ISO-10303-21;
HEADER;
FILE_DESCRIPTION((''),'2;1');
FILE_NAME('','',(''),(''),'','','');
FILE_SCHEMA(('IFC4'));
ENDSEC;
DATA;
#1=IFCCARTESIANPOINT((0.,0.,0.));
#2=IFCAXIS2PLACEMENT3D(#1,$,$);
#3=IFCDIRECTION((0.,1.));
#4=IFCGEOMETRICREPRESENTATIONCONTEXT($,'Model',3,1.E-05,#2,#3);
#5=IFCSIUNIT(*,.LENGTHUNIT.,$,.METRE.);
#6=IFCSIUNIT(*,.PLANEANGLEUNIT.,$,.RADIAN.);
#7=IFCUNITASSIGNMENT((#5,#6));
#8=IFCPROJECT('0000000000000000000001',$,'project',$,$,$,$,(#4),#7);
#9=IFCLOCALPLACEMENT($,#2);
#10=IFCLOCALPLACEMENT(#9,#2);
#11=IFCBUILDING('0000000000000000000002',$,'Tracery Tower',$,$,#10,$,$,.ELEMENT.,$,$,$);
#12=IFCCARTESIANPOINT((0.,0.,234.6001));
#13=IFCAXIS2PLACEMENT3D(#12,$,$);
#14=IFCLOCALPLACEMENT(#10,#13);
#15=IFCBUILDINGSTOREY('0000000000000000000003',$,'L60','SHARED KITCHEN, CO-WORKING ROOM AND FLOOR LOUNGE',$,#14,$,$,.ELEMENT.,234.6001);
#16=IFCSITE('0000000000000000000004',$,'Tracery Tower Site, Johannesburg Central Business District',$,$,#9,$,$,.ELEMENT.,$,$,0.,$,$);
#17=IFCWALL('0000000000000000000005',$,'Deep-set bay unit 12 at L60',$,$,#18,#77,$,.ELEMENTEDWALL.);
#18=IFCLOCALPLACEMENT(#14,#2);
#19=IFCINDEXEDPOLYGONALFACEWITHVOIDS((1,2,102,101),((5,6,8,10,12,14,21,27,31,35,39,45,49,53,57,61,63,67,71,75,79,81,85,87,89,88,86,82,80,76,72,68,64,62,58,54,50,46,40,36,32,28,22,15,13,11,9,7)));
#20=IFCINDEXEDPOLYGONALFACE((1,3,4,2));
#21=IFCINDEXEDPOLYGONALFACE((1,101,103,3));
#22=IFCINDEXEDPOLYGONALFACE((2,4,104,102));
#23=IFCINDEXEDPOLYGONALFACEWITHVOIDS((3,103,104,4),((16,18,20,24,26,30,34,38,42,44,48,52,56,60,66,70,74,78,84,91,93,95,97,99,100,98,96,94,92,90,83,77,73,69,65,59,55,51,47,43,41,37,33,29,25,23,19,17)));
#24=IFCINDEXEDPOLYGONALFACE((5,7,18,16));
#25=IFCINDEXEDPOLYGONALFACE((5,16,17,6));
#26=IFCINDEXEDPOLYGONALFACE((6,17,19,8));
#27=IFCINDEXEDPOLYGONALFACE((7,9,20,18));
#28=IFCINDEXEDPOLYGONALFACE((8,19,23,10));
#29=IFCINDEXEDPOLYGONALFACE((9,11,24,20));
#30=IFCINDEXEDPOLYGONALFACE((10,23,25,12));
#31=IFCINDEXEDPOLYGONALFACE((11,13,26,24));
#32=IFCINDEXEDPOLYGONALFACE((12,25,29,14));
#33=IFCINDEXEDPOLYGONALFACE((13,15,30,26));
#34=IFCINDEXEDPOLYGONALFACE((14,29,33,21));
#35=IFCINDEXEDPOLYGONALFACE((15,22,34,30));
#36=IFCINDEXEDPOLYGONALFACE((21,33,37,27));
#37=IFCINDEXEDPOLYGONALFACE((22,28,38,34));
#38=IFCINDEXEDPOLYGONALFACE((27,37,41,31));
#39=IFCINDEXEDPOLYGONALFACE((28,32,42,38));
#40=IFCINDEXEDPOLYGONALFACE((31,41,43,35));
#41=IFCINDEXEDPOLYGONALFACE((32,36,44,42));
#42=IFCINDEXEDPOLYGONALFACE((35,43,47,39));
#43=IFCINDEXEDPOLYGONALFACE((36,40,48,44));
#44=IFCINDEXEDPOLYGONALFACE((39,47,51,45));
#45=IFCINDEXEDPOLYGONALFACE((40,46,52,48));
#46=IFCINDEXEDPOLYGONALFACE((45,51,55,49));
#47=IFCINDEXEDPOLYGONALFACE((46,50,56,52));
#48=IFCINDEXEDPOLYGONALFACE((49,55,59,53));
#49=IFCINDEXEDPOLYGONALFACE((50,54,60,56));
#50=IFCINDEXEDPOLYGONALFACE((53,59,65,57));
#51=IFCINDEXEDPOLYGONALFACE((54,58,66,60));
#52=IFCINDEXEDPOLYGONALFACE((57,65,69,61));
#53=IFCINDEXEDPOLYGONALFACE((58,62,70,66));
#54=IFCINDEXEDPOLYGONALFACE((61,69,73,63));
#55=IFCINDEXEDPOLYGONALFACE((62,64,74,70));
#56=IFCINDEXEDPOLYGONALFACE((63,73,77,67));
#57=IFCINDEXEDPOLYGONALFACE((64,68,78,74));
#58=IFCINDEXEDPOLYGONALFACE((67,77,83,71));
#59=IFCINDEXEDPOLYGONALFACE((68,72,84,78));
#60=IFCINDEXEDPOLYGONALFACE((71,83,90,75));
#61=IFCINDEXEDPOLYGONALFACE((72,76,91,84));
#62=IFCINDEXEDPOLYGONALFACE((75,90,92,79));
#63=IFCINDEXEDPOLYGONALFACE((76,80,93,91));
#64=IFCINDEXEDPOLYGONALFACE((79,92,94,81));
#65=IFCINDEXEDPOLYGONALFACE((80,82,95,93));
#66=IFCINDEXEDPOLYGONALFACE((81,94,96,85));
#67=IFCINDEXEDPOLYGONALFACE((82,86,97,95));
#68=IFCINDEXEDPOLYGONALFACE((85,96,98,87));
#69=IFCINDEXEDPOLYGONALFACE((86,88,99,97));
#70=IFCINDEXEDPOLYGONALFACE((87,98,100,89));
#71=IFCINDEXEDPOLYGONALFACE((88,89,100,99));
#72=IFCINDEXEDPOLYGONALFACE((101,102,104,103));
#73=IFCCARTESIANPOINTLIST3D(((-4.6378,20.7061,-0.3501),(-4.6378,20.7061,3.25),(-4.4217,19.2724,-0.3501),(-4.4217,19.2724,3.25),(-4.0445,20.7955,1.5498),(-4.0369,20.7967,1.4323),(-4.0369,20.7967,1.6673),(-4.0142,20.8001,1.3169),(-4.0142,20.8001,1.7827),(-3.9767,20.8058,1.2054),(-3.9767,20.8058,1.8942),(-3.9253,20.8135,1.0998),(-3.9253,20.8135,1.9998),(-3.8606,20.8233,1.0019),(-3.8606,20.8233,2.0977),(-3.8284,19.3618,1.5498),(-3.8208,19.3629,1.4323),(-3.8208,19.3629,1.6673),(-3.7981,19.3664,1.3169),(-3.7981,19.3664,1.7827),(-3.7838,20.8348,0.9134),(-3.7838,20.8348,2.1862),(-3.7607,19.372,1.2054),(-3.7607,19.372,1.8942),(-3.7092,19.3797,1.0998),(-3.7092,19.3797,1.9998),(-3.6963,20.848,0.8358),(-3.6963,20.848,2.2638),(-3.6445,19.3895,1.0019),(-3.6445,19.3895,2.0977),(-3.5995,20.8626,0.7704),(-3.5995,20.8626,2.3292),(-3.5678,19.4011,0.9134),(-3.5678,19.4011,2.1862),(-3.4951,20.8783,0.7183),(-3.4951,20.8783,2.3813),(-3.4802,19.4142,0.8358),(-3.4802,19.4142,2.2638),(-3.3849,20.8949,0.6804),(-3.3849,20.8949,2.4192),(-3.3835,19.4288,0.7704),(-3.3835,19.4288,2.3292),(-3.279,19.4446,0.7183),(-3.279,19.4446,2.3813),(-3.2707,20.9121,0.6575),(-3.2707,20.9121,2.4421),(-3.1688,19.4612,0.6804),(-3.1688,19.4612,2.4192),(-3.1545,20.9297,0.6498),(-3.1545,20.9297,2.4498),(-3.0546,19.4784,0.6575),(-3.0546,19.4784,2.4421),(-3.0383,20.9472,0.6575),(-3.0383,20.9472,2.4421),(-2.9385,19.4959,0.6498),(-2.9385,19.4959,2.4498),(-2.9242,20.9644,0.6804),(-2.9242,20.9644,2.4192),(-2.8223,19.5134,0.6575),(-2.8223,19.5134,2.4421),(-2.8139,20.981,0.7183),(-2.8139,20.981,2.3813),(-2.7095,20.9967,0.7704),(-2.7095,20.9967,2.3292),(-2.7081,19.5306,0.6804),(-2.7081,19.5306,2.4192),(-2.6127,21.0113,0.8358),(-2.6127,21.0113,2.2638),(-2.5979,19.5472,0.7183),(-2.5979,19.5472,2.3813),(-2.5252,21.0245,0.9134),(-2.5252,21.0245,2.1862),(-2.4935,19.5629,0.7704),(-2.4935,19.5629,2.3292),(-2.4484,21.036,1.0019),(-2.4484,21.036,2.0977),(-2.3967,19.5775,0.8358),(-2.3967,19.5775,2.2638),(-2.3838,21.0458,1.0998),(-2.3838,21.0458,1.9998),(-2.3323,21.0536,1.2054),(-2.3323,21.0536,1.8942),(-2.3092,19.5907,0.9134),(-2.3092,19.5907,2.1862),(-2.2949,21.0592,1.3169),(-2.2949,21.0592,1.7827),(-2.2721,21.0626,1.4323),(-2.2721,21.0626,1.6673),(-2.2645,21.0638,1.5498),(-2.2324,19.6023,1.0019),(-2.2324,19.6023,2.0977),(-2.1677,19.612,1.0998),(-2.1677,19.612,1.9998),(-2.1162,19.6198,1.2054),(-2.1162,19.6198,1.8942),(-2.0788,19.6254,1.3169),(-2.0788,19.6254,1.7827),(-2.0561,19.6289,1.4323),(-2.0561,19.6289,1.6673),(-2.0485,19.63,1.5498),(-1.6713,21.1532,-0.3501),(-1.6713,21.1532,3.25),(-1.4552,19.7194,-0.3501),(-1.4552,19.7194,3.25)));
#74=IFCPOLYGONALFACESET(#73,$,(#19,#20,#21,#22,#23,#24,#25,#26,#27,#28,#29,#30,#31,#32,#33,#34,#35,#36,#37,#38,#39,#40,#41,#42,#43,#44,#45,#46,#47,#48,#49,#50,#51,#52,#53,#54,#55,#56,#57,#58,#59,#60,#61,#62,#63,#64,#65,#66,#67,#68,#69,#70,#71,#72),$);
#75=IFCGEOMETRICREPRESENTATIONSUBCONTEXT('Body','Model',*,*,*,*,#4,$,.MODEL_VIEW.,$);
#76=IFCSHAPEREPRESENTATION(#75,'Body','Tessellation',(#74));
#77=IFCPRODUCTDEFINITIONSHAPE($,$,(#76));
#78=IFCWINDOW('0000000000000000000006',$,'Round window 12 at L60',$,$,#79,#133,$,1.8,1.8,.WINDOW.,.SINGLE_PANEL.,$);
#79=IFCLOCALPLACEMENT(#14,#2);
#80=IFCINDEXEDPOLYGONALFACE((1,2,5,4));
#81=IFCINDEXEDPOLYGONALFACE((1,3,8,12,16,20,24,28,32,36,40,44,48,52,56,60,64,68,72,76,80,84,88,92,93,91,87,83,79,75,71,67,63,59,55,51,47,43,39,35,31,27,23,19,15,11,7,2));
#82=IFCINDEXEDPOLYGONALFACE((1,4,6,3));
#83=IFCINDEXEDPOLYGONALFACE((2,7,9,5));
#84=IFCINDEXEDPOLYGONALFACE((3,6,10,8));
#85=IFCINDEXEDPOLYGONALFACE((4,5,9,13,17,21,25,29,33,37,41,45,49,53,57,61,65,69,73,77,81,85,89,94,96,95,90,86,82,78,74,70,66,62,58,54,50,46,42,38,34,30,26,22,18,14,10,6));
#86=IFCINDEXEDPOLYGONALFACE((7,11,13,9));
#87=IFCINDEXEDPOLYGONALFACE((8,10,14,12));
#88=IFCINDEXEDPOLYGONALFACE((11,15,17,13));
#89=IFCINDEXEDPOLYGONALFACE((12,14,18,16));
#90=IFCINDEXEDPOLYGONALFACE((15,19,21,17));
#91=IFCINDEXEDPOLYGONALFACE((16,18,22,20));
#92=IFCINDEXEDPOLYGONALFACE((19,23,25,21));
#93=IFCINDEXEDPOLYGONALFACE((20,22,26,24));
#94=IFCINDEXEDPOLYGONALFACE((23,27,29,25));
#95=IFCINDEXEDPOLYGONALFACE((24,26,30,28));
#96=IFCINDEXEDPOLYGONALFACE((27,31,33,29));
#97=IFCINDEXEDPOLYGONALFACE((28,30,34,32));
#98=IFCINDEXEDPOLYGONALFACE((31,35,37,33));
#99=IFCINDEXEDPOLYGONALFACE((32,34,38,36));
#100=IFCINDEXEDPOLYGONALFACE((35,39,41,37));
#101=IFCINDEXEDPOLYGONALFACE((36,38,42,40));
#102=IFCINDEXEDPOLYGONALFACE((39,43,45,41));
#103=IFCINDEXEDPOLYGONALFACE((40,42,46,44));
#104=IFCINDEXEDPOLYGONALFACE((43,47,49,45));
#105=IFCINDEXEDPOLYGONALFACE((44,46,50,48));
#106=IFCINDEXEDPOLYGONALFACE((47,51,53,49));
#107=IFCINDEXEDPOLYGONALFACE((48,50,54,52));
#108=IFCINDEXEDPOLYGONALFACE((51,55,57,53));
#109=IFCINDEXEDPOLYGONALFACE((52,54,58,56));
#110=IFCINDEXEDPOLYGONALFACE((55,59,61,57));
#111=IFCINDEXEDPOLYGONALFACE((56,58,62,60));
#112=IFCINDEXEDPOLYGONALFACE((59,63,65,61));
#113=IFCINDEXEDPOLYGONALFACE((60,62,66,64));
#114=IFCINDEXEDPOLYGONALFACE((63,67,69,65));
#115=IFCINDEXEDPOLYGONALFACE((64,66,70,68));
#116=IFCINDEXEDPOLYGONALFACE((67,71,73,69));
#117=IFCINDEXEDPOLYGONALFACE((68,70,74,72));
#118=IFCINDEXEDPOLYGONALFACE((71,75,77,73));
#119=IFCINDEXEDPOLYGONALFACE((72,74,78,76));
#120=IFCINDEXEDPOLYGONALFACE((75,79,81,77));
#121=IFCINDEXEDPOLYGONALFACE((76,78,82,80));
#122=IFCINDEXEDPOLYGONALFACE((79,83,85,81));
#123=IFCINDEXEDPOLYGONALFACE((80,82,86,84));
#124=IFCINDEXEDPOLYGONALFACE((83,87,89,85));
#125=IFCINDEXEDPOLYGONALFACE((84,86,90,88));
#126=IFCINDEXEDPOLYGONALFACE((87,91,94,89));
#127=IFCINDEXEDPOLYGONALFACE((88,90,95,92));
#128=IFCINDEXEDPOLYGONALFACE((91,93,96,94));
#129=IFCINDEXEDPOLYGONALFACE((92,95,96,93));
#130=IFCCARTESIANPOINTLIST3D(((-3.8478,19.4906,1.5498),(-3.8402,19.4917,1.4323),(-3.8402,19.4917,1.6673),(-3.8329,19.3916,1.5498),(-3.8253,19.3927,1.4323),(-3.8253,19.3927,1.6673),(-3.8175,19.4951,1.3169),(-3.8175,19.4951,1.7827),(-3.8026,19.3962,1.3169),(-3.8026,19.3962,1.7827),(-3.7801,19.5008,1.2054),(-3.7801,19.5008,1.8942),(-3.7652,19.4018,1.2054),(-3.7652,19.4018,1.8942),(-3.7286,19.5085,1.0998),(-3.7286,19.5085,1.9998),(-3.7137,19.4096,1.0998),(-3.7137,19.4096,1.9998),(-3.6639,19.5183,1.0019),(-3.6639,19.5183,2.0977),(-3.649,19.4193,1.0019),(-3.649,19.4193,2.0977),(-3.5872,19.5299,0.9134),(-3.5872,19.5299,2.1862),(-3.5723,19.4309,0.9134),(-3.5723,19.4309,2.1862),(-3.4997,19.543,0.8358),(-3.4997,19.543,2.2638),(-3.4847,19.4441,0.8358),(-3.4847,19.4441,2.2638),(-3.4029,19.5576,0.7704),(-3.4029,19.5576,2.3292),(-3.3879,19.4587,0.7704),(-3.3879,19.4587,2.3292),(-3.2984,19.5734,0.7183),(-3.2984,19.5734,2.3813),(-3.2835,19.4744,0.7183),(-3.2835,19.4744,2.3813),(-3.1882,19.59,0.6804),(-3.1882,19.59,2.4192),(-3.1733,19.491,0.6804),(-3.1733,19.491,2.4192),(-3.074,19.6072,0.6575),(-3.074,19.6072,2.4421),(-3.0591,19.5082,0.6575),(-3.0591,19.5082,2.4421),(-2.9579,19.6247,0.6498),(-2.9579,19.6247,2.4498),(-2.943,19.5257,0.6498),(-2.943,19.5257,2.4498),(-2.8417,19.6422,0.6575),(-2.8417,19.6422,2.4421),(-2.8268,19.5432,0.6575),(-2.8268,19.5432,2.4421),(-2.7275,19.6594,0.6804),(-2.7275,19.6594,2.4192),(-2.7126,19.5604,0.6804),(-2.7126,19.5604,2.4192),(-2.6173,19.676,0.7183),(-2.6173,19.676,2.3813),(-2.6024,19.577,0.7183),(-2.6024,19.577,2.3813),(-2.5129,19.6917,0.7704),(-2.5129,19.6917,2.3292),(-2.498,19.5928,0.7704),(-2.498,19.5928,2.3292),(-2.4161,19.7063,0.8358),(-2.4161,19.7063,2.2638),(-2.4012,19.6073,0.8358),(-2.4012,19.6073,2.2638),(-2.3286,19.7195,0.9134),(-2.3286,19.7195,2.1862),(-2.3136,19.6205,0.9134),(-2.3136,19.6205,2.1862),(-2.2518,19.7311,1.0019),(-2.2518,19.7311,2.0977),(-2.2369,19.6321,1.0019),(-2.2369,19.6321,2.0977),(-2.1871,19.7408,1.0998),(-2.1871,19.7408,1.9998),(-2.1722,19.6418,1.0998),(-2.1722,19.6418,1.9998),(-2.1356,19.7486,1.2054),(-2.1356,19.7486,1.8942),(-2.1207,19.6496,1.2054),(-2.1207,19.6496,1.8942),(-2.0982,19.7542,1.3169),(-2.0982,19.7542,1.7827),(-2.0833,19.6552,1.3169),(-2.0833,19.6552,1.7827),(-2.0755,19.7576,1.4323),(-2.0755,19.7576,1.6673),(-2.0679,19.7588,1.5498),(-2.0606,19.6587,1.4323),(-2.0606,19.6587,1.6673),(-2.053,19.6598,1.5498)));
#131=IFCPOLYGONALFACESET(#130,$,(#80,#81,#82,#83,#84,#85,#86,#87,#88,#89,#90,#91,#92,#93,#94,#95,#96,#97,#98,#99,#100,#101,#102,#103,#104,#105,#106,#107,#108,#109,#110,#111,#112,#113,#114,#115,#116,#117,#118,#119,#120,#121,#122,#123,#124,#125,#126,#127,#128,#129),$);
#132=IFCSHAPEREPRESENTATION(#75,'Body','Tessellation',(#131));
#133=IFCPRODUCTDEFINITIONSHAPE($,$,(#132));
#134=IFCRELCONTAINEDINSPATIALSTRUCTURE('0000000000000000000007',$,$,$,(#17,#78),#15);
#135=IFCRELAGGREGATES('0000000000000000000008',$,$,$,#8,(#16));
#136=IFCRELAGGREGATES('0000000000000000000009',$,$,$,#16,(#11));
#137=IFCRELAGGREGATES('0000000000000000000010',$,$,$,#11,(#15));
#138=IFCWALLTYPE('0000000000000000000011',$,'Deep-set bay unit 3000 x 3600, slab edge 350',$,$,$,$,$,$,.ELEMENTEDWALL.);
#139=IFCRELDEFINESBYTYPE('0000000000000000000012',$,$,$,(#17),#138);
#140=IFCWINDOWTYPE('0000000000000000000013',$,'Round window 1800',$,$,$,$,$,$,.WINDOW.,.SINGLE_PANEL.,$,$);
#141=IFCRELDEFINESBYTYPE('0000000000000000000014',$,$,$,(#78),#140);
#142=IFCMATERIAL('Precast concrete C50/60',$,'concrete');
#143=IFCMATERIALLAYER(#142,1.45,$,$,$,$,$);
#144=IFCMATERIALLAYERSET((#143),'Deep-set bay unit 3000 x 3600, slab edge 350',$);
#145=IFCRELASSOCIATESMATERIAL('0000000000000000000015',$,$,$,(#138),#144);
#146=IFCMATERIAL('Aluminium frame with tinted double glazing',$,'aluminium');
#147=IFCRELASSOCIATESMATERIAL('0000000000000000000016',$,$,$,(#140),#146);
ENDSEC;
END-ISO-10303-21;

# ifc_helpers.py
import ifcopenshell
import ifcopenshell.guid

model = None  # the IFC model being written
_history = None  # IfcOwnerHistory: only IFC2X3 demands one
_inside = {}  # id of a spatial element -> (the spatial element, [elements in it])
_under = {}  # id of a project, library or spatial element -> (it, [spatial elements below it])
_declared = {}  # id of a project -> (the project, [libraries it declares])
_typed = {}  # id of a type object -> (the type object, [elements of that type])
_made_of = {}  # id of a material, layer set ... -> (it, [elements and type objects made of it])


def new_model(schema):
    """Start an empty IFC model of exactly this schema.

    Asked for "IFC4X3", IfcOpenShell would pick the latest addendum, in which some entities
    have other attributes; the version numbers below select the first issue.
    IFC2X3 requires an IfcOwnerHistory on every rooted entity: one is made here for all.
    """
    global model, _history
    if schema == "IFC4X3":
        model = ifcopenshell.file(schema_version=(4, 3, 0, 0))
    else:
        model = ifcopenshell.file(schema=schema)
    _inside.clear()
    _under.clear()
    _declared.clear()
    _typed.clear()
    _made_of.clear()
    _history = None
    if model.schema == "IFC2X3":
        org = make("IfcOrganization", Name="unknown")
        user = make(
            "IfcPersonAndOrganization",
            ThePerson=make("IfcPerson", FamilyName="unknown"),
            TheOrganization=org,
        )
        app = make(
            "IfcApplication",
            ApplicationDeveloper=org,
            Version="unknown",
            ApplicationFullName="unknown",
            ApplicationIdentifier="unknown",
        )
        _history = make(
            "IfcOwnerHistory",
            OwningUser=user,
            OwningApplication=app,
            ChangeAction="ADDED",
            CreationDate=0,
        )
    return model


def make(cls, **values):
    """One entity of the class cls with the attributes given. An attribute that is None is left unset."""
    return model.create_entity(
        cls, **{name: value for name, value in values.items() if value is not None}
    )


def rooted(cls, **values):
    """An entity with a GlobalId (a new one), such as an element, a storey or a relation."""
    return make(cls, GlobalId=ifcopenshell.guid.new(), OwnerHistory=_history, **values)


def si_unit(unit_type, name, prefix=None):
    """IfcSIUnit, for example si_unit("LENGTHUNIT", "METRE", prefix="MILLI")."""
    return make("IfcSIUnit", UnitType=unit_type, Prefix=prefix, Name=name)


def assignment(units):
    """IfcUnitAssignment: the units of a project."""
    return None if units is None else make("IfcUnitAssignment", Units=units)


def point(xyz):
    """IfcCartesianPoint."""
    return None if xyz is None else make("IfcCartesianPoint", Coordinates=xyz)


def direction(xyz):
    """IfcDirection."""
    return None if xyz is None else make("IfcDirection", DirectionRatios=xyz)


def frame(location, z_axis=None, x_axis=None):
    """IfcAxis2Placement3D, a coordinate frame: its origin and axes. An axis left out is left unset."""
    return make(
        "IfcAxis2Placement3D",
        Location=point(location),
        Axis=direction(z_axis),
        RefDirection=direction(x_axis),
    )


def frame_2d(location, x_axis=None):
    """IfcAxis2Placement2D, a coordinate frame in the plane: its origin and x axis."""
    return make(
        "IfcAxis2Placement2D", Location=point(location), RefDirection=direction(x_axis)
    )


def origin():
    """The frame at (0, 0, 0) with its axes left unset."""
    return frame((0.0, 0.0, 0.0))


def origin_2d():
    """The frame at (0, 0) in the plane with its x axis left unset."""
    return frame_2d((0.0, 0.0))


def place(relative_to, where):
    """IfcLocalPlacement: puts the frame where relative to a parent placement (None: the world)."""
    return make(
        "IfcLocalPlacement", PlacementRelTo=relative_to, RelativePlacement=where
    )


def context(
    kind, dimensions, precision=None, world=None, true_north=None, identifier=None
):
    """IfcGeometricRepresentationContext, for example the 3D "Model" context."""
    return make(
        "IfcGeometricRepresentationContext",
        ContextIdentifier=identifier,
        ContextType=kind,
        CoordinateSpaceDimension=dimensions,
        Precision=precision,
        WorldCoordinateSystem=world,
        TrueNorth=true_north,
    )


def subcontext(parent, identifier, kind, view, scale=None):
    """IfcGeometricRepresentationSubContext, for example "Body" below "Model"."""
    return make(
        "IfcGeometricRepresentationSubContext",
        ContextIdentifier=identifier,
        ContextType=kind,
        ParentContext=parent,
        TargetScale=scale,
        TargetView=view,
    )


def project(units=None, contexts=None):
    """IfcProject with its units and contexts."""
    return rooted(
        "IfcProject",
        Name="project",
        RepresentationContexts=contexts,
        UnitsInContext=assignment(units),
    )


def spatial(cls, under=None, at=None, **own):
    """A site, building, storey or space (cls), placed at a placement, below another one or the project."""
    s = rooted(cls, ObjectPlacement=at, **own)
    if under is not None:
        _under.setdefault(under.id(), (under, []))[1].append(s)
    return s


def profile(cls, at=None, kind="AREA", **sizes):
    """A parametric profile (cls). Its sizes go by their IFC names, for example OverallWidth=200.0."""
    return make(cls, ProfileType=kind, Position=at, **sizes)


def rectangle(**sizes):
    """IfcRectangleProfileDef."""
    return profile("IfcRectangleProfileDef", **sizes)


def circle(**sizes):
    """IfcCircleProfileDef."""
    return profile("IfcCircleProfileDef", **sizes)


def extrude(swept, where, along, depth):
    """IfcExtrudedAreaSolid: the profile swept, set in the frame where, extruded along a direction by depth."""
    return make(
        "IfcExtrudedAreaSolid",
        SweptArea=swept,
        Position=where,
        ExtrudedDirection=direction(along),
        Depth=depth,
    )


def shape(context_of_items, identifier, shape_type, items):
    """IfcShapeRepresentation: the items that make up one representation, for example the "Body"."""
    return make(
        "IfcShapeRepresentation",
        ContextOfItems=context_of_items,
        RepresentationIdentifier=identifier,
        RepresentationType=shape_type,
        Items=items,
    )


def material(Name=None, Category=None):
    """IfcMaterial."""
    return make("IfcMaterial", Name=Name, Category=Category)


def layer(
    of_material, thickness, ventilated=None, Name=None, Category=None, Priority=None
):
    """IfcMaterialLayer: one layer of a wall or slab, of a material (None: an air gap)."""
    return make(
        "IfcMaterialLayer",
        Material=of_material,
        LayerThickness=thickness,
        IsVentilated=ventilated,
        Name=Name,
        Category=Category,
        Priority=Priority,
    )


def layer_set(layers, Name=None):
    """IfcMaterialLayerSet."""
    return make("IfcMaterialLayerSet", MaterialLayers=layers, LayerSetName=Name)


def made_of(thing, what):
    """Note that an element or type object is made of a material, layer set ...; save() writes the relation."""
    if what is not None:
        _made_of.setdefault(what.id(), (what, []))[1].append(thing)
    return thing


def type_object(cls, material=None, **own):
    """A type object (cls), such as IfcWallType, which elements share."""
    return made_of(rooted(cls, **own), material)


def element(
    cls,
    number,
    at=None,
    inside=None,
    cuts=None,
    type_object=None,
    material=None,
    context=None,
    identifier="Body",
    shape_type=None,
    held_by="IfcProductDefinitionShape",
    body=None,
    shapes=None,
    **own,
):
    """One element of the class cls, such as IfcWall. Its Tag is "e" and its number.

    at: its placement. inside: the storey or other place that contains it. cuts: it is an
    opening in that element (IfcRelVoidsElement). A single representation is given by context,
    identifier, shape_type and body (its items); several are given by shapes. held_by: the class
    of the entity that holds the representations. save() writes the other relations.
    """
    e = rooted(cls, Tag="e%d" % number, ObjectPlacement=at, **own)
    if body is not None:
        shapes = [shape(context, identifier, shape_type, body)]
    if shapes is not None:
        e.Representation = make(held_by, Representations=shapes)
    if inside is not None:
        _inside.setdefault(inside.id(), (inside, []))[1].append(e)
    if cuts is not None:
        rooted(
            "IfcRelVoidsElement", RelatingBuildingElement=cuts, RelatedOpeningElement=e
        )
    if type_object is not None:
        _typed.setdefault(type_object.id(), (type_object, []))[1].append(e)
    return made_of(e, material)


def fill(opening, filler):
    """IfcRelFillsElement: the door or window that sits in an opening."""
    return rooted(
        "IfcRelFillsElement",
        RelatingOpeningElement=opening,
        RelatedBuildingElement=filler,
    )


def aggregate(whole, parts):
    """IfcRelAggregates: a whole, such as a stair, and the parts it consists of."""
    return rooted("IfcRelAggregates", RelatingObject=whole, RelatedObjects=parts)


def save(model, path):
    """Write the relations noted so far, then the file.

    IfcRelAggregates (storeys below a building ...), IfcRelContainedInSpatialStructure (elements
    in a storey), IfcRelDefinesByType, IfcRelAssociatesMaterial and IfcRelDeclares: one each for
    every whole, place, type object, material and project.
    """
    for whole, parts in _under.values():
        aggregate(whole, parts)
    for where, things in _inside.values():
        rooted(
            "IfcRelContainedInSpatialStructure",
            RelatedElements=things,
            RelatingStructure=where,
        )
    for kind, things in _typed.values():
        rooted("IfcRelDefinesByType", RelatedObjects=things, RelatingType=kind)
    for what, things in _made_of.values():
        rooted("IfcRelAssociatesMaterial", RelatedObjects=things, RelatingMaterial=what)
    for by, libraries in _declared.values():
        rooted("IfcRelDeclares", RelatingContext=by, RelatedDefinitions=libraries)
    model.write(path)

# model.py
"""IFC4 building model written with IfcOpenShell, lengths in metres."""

from ifc_helpers import new_model, si_unit, direction, frame, frame_2d, origin, origin_2d, place, context, subcontext, project, spatial, rectangle, circle, extrude, material, layer, layer_set, type_object, element, fill, save


model = new_model("IFC4")

# Units and contexts
model_context = context("Model", 3, precision=1e-05, world=origin(), true_north=direction((0.0, 1.0)))
body_context = subcontext(model_context, "Body", "Model", "MODEL_VIEW")
ifc_project = project(units=[si_unit("LENGTHUNIT", "METRE"), si_unit("PLANEANGLEUNIT", "RADIAN")], contexts=[model_context])

# Site, building, storey
site_placement = place(None, origin())
site = spatial("IfcSite", under=ifc_project, at=site_placement, Name="Tracery Tower Site, Johannesburg Central Business District", CompositionType="ELEMENT", RefElevation=0.0)
building_placement = place(site_placement, origin())
building = spatial("IfcBuilding", under=site, at=building_placement, Name="Tracery Tower", CompositionType="ELEMENT")
storey_placement = place(building_placement, frame((0.0, 0.0, 234.6001)))
storey = spatial("IfcBuildingStorey", under=building, at=storey_placement, Name="L60", Description="SHARED KITCHEN, CO-WORKING ROOM AND FLOOR LOUNGE", CompositionType="ELEMENT", Elevation=234.6001)

# Wall, opening, window
ifc_material_1 = material(Name="Precast concrete C50/60", Category="concrete")
ifc_layer_1 = layer(ifc_material_1, 1.45)
ifc_layer_set_1 = layer_set([ifc_layer_1], Name="Deep-set bay unit 3000 x 3600, slab edge 350")
wall_type_1 = type_object("IfcWallType", Name="Deep-set bay unit 3000 x 3600, slab edge 350", PredefinedType="ELEMENTEDWALL", material=ifc_layer_set_1)
wall_1_placement = place(storey_placement, frame((-1.5632, 20.4363, -0.3501), z_axis=(0.0, 0.0, 1.0), x_axis=(-0.988836, -0.149005, 0.0)))
wall_1 = element("IfcWall", 1, at=wall_1_placement, inside=storey, type_object=wall_type_1, Name="Deep-set bay unit 12 at L60", PredefinedType="ELEMENTEDWALL", context=body_context, shape_type="SweptSolid", body=[
    extrude(rectangle(XDim=3.0, YDim=1.45, at=frame_2d((1.5, 0.0))), origin(), (0.0, 0.0, 1.0), 3.6001),
])
opening_1_placement = place(wall_1_placement, frame((1.5, 0.0, 1.8999)))
opening_1 = element("IfcOpeningElement", 2, at=opening_1_placement, cuts=wall_1, PredefinedType="OPENING", context=body_context, shape_type="SweptSolid", body=[
    extrude(circle(Radius=0.9, at=origin_2d()), frame((0.0, 0.7349, 0.0), z_axis=(0.0, -1.0, 0.0), x_axis=(1.0, 0.0, 0.0)), (0.0, 0.0, 1.0), 1.47),
])
ifc_material_2 = material(Name="Aluminium frame with tinted double glazing", Category="aluminium")
window_type = type_object("IfcWindowType", Name="Round window 1800", PartitioningType="SINGLE_PANEL", PredefinedType="WINDOW", material=ifc_material_2)
window_1_placement = place(opening_1_placement, origin())
window_1 = element("IfcWindow", 3, at=window_1_placement, inside=storey, type_object=window_type, Name="Round window 12 at L60", OverallHeight=1.8, OverallWidth=1.8, PartitioningType="SINGLE_PANEL", PredefinedType="WINDOW", context=body_context, shape_type="SweptSolid", body=[
    extrude(circle(Radius=0.9, at=origin_2d()), frame((0.0, 0.6948, 0.0), z_axis=(0.0, -1.0, 0.0), x_axis=(1.0, 0.0, 0.0)), (0.0, 0.0, 1.0), 0.1001),
])
fill(opening_1, window_1)

save(model, "model.ifc")
